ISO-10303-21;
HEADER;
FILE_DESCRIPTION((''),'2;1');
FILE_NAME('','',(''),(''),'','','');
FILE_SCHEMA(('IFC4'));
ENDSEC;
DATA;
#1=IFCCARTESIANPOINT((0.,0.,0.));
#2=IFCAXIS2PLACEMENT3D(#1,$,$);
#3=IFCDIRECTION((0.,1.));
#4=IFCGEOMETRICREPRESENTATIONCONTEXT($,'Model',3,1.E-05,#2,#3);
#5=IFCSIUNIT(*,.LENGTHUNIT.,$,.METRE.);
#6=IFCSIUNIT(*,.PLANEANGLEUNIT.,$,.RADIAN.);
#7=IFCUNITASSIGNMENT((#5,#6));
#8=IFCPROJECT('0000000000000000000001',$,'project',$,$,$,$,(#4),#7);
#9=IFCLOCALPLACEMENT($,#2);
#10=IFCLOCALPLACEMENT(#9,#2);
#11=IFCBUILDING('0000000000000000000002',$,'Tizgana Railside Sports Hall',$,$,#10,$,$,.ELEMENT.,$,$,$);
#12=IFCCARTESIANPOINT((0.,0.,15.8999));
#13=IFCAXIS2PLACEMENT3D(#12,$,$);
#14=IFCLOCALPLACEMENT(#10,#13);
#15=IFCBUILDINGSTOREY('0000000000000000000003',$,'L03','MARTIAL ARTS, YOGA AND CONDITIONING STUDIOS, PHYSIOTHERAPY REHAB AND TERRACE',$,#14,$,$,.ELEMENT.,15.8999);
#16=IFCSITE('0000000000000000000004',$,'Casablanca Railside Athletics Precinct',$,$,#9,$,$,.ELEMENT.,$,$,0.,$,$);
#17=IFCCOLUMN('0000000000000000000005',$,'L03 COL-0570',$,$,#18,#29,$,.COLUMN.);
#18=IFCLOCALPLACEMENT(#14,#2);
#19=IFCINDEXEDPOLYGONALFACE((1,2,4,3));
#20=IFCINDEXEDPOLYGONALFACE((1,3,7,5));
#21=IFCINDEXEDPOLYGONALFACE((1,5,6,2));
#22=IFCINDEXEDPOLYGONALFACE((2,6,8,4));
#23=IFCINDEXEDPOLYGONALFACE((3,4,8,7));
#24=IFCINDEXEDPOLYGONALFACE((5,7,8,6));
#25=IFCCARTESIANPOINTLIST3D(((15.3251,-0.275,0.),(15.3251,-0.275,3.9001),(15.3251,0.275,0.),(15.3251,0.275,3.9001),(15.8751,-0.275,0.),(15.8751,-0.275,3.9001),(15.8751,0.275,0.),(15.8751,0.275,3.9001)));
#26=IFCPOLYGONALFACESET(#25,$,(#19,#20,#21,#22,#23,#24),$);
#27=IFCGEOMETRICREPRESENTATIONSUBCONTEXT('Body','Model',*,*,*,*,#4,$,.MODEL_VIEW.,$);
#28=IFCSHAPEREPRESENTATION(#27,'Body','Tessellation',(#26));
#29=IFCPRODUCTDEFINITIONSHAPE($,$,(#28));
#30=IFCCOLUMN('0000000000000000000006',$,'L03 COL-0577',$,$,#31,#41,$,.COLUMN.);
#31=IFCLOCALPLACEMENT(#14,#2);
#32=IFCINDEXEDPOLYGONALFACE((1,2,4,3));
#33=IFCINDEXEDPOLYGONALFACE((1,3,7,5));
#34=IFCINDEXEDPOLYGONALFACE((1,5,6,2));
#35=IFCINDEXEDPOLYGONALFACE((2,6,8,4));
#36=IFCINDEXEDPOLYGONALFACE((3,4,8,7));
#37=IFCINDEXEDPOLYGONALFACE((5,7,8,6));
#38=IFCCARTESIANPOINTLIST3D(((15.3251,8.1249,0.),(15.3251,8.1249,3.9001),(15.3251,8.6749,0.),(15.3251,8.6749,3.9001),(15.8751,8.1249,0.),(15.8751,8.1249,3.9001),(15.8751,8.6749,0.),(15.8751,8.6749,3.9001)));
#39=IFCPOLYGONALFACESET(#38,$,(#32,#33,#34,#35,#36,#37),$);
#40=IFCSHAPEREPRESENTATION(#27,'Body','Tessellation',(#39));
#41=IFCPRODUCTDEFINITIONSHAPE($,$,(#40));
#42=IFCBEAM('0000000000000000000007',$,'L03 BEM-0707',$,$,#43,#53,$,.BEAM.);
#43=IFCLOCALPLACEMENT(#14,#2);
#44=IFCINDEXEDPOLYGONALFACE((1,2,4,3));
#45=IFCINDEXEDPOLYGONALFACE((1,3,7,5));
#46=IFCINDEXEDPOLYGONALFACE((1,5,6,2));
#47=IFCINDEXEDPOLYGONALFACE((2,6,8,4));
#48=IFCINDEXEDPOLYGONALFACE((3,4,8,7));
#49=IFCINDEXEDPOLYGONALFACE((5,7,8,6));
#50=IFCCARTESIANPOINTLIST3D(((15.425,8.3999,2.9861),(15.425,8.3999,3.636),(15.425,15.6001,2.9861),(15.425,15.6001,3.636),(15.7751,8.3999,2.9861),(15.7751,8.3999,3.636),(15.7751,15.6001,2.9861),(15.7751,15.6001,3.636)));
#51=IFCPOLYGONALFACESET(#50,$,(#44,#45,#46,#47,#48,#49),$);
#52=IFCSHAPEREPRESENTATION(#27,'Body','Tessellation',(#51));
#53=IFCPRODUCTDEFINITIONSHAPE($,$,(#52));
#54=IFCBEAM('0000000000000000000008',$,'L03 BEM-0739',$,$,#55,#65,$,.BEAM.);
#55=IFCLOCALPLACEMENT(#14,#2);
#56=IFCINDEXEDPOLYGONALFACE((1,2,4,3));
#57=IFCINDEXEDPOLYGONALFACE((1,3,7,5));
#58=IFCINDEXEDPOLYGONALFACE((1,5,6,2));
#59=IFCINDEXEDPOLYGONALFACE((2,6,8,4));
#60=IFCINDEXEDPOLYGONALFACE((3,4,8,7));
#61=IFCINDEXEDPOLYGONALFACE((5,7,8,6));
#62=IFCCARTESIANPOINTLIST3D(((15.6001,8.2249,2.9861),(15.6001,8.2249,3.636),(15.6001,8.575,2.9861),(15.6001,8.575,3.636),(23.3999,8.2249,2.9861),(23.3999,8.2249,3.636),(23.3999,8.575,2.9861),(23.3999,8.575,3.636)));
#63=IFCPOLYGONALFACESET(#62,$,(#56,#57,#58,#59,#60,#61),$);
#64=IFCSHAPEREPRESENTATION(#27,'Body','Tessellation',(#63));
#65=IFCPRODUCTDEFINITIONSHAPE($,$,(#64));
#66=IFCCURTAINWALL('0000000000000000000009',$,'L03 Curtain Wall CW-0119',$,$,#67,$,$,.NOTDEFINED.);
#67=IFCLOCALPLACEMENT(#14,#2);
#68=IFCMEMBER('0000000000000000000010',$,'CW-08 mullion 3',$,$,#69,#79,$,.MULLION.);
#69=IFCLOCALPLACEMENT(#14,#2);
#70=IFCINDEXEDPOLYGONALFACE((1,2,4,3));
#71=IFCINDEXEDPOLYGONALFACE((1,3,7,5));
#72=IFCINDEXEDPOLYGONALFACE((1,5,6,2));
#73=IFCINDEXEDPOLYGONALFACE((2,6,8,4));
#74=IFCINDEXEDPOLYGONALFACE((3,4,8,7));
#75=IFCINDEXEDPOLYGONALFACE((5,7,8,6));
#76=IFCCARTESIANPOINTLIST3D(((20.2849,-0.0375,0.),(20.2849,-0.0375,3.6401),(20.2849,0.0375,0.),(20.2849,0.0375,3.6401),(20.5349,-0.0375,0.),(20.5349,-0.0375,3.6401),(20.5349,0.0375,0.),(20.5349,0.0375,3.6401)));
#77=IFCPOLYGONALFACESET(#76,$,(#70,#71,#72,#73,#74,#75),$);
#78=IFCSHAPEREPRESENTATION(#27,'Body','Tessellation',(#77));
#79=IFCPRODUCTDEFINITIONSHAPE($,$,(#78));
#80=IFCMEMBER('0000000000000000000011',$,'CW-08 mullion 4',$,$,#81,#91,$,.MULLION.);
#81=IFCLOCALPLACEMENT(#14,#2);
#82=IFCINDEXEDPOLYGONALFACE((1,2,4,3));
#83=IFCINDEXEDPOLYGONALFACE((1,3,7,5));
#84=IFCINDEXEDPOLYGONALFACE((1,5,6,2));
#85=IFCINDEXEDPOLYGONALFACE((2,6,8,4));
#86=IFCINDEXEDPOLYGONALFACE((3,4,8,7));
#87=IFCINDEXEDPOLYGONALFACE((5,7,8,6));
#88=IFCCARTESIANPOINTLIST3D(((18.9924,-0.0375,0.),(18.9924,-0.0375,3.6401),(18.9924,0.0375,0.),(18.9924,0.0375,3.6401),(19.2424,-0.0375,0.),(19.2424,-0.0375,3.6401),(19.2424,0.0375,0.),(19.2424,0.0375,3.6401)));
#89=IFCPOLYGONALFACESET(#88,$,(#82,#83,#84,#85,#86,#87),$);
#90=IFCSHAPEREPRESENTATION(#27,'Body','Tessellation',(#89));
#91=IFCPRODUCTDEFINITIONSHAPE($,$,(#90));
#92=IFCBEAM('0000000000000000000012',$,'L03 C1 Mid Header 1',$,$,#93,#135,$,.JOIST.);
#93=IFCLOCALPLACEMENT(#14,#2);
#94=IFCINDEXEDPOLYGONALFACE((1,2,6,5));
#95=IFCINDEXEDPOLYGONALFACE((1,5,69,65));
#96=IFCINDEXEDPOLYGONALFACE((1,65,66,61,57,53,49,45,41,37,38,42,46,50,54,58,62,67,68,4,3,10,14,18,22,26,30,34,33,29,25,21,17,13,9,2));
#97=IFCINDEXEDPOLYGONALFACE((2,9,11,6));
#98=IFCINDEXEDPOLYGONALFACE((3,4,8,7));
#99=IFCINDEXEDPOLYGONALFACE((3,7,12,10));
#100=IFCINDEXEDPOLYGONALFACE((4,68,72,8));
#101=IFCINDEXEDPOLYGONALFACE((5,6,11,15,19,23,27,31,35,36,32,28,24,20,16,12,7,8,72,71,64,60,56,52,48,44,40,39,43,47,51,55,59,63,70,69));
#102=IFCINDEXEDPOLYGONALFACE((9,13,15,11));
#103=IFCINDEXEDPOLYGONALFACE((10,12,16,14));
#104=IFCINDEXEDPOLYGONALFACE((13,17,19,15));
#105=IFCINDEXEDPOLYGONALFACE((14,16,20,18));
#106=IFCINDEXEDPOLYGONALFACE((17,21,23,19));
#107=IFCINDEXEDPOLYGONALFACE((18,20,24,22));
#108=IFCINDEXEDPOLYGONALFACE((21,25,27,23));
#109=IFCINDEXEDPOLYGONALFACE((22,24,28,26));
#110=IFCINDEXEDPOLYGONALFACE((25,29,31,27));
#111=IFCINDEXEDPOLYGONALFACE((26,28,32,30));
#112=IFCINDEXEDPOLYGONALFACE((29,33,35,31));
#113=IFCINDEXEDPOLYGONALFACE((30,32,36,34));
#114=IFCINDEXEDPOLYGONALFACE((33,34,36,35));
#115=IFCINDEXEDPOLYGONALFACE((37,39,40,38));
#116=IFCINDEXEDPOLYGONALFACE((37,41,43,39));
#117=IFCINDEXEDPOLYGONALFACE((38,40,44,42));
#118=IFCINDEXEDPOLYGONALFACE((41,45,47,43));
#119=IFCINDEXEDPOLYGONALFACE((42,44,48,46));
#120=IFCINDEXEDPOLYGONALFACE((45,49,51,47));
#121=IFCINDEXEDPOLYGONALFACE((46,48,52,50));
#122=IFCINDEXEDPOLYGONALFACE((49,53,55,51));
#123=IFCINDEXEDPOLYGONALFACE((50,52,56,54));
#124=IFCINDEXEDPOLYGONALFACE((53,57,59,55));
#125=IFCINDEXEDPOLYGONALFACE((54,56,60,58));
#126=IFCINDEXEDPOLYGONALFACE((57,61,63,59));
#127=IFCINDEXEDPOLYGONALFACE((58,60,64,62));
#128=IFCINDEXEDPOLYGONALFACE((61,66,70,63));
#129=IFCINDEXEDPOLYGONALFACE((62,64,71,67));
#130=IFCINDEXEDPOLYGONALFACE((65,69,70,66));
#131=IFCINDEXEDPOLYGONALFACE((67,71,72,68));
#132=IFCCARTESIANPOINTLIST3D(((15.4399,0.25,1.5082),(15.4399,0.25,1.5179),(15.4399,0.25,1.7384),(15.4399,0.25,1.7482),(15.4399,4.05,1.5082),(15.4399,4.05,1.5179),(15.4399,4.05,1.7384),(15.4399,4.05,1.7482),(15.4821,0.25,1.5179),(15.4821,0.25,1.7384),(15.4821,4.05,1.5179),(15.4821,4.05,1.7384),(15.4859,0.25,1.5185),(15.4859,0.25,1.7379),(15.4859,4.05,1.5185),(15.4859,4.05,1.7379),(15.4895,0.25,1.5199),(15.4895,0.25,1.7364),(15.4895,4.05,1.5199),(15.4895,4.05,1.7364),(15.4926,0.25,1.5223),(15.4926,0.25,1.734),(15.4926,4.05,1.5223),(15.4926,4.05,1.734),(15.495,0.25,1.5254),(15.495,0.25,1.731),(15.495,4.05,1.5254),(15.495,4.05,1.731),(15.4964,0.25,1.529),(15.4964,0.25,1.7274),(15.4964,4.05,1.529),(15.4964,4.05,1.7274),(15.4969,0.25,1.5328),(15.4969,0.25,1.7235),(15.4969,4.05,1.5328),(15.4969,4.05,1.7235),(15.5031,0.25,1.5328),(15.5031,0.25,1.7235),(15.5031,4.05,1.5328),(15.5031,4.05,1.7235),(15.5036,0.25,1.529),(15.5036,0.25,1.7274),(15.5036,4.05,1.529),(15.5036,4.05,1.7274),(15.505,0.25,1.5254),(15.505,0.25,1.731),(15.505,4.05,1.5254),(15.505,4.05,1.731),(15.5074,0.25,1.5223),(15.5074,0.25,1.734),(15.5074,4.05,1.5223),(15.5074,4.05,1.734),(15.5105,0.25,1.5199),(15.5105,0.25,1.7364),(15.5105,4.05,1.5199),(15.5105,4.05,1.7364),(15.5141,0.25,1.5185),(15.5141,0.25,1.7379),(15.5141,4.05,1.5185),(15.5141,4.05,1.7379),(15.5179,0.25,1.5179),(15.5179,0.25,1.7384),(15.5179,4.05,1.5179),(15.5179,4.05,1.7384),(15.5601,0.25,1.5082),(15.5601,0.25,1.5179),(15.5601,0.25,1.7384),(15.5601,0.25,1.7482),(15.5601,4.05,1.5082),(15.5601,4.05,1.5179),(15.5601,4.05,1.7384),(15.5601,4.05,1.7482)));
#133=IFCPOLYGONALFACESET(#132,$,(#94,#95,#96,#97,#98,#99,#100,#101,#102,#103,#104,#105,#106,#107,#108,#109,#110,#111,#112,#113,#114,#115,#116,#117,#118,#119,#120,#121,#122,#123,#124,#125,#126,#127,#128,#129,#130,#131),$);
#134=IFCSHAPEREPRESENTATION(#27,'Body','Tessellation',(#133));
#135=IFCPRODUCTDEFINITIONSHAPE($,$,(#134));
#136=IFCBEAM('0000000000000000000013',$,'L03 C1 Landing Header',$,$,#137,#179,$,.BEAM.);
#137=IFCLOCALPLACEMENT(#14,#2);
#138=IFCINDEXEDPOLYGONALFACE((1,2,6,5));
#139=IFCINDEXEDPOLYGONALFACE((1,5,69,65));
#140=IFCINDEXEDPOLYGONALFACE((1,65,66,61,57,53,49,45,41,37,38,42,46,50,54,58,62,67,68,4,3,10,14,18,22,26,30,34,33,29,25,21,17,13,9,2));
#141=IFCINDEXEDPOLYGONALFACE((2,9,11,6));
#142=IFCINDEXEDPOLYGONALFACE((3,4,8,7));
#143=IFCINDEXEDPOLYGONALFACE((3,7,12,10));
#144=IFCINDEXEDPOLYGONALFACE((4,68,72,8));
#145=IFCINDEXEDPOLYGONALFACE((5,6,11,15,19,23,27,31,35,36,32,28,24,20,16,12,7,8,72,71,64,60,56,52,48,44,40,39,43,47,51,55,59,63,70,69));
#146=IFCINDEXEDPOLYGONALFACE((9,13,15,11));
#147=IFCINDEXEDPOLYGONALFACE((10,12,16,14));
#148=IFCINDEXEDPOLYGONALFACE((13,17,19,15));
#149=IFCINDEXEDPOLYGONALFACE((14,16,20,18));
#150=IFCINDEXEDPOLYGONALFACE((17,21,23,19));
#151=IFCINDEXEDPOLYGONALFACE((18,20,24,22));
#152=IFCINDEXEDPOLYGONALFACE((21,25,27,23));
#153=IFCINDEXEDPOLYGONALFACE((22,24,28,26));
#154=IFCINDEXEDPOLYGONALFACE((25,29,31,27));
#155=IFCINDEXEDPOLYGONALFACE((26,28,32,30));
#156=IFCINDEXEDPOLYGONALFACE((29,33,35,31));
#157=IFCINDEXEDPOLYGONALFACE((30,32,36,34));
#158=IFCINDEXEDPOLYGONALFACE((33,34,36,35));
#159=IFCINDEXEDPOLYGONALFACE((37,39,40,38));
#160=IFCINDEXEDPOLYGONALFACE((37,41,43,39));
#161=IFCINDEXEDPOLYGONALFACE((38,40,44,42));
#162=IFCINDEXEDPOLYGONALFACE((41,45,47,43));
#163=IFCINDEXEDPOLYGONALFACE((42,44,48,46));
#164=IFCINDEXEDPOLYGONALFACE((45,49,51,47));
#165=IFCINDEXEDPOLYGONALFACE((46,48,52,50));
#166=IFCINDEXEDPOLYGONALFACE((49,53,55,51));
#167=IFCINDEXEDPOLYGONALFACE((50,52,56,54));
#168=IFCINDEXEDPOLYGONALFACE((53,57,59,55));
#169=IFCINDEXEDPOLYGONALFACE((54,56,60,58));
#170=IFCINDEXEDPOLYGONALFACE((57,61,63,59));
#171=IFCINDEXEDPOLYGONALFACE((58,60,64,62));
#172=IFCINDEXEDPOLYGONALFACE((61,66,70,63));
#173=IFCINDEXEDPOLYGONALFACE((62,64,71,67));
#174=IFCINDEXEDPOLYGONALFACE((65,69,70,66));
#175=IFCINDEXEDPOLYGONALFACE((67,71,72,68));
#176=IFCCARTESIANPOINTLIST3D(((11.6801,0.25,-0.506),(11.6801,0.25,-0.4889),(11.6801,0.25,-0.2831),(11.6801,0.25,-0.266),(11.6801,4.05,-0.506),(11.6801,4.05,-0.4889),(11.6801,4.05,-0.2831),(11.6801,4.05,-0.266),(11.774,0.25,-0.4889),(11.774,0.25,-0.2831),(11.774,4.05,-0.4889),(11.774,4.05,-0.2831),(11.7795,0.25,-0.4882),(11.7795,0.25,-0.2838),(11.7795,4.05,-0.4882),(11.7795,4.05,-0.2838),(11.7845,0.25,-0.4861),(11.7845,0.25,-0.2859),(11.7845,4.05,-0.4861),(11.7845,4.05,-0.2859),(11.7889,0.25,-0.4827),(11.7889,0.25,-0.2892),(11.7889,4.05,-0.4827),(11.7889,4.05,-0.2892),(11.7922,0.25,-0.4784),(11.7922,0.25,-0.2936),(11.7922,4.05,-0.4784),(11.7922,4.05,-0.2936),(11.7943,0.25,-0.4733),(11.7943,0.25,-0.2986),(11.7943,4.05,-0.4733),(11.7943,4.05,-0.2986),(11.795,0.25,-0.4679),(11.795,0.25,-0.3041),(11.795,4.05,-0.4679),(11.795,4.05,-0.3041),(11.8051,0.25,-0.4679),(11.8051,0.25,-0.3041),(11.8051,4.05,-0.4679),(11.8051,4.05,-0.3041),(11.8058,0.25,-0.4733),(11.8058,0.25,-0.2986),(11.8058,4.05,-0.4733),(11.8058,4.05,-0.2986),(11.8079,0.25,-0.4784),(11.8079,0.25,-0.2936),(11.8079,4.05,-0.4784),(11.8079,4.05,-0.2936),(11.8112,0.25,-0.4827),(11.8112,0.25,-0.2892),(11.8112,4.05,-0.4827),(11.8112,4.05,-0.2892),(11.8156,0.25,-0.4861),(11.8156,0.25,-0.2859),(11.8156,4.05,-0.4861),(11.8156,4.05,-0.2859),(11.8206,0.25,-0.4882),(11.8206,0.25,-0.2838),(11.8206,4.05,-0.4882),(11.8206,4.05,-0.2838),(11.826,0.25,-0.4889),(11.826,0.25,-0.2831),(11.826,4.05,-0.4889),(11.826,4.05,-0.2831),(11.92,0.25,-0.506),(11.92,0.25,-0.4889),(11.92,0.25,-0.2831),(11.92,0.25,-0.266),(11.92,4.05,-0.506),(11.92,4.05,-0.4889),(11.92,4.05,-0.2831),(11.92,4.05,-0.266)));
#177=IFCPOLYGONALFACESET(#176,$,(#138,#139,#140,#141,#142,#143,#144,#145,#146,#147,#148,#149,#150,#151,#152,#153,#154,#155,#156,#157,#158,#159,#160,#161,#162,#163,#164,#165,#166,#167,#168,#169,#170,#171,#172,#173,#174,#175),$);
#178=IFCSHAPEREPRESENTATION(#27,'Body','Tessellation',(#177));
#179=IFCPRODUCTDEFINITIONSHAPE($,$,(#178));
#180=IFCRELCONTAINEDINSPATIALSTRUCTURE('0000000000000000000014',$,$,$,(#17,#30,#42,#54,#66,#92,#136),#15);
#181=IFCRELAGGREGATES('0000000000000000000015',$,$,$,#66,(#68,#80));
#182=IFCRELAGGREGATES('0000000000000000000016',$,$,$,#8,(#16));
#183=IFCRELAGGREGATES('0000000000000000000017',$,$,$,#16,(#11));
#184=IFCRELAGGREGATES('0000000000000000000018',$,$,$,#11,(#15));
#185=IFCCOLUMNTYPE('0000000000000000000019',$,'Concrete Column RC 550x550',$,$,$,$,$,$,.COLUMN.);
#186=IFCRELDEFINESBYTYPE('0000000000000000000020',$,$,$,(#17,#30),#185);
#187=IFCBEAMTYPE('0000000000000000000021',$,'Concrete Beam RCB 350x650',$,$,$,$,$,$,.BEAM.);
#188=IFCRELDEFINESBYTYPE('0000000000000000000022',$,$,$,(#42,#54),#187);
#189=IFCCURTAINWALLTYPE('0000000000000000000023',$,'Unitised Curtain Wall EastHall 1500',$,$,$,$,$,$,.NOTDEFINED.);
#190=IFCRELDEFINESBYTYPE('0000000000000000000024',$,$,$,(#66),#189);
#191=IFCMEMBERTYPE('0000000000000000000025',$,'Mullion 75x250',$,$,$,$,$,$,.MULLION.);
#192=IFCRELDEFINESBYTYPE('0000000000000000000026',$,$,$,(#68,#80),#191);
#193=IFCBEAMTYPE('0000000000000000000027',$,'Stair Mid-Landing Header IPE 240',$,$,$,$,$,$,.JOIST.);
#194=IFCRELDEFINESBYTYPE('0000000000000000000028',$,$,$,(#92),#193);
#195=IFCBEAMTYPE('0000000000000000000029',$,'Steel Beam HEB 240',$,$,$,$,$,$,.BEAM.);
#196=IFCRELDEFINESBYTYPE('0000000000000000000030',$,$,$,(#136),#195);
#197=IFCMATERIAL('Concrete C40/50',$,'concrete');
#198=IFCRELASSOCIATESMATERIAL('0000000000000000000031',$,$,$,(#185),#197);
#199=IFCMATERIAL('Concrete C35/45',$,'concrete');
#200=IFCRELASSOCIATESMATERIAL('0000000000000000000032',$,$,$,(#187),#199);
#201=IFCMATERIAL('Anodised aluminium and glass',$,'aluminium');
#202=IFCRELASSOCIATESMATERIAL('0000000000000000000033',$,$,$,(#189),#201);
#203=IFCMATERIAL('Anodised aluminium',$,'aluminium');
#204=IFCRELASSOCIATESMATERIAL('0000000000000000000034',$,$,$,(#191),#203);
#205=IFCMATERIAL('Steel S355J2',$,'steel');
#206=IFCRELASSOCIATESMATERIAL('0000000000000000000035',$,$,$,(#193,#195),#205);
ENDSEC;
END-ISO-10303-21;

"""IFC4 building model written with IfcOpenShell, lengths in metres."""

from ifc_helpers import new_model, si_unit, direction, frame, origin, origin_2d, place, context, subcontext, project, spatial, rectangle, i_section, extrude, material, material_profile, profile_set, type_object, element, aggregate, save


model = new_model("IFC4")

# Units and contexts
model_context = context("Model", 3, precision=1e-05, world=origin(), true_north=direction((0.0, 1.0)))
body_context = subcontext(model_context, "Body", "Model", "MODEL_VIEW")
ifc_project = project(units=[si_unit("LENGTHUNIT", "METRE"), si_unit("PLANEANGLEUNIT", "RADIAN")], contexts=[model_context])

# Site, building, storey
site_placement = place(None, origin())
site = spatial("IfcSite", under=ifc_project, at=site_placement, Name="Casablanca Railside Athletics Precinct", CompositionType="ELEMENT", RefElevation=0.0)
building_placement = place(site_placement, origin())
building = spatial("IfcBuilding", under=site, at=building_placement, Name="Tizgana Railside Sports Hall", CompositionType="ELEMENT")
storey_placement = place(building_placement, frame((0.0, 0.0, 15.8999)))
storey = spatial("IfcBuildingStorey", under=building, at=storey_placement, Name="L03", Description="MARTIAL ARTS, YOGA AND CONDITIONING STUDIOS, PHYSIOTHERAPY REHAB AND TERRACE", CompositionType="ELEMENT", Elevation=15.8999)

# Columns
ifc_material_1 = material(Name="Concrete C40/50", Category="concrete")
ifc_material_profile_1 = material_profile(ifc_material_1, rectangle(XDim=0.55, YDim=0.55, at=origin_2d()), Name="RC 550x550")
ifc_profile_set_1 = profile_set([ifc_material_profile_1], Name="Concrete C40/50")
column_type = type_object("IfcColumnType", Name="Concrete Column RC 550x550", PredefinedType="COLUMN", material=ifc_profile_set_1)
for number, where, z_axis, x_axis, name in (
    (1, (15.6001, 0.0, 0.0), (0.0, 0.0, 1.0), (1.0, 0.0, 0.0), "L03 COL-0570"),
    (2, (15.6001, 8.3999, 0.0), (0.0, 0.0, 1.0), (1.0, 0.0, 0.0), "L03 COL-0577"),
):
    element("IfcColumn", number, at=place(storey_placement, frame(where, z_axis=z_axis, x_axis=x_axis)), inside=storey, type_object=column_type, Name=name, PredefinedType="COLUMN", context=body_context, shape_type="SweptSolid", body=[
        extrude(rectangle(XDim=0.55, YDim=0.55, at=origin_2d()), origin(), (0.0, 0.0, 1.0), 3.9001),
    ])

# Beams
ifc_material_2 = material(Name="Concrete C35/45", Category="concrete")
ifc_material_profile_2 = material_profile(ifc_material_2, rectangle(XDim=0.3501, YDim=0.6499, at=origin_2d()), Name="RCB 350x650")
ifc_profile_set_2 = profile_set([ifc_material_profile_2], Name="Concrete C35/45")
beam_type_1 = type_object("IfcBeamType", Name="Concrete Beam RCB 350x650", PredefinedType="BEAM", material=ifc_profile_set_2)
beam_1_placement = place(storey_placement, frame((15.6001, 8.3999, 3.311), z_axis=(0.0, 1.0, 0.0), x_axis=(-1.0, 0.0, 0.0)))
element("IfcBeam", 3, at=beam_1_placement, inside=storey, type_object=beam_type_1, Name="L03 BEM-0707", PredefinedType="BEAM", context=body_context, shape_type="SweptSolid", body=[
    extrude(rectangle(XDim=0.3501, YDim=0.6499, at=origin_2d()), origin(), (0.0, 0.0, 1.0), 7.2002),
])
beam_2_placement = place(storey_placement, frame((15.6001, 8.3999, 3.311), z_axis=(1.0, 0.0, 0.0), x_axis=(0.0, 1.0, 0.0)))
element("IfcBeam", 4, at=beam_2_placement, inside=storey, type_object=beam_type_1, Name="L03 BEM-0739", PredefinedType="BEAM", context=body_context, shape_type="SweptSolid", body=[
    extrude(rectangle(XDim=0.3501, YDim=0.6499, at=origin_2d()), origin(), (0.0, 0.0, 1.0), 7.7998),
])

# Curtain wall, members
ifc_material_3 = material(Name="Anodised aluminium and glass", Category="aluminium")
curtain_wall_type = type_object("IfcCurtainWallType", Name="Unitised Curtain Wall EastHall 1500", PredefinedType="NOTDEFINED", material=ifc_material_3)
curtain_wall_placement = place(storey_placement, origin())
curtain_wall = element("IfcCurtainWall", 5, at=curtain_wall_placement, inside=storey, type_object=curtain_wall_type, Name="L03 Curtain Wall CW-0119", PredefinedType="NOTDEFINED")
ifc_material_4 = material(Name="Anodised aluminium", Category="aluminium")
ifc_material_profile_3 = material_profile(ifc_material_4, rectangle(XDim=0.075, YDim=0.25, at=origin_2d()), Name="Mullion 75x250")
ifc_profile_set_3 = profile_set([ifc_material_profile_3], Name="Anodised aluminium")
member_type_1 = type_object("IfcMemberType", Name="Mullion 75x250", PredefinedType="MULLION", material=ifc_profile_set_3)
member_1_placement = place(storey_placement, frame((20.4099, 0.0, 0.0), z_axis=(0.0, 0.0, 1.0), x_axis=(0.0, -1.0, 0.0)))
member_1 = element("IfcMember", 6, at=member_1_placement, type_object=member_type_1, Name="CW-08 mullion 3", PredefinedType="MULLION", context=body_context, shape_type="SweptSolid", body=[
    extrude(rectangle(XDim=0.075, YDim=0.25, at=origin_2d()), origin(), (0.0, 0.0, 1.0), 3.6401),
])
member_2_placement = place(storey_placement, frame((19.1174, 0.0, 0.0), z_axis=(0.0, 0.0, 1.0), x_axis=(0.0, -1.0, 0.0)))
member_2 = element("IfcMember", 7, at=member_2_placement, type_object=member_type_1, Name="CW-08 mullion 4", PredefinedType="MULLION", context=body_context, shape_type="SweptSolid", body=[
    extrude(rectangle(XDim=0.075, YDim=0.25, at=origin_2d()), origin(), (0.0, 0.0, 1.0), 3.6401),
])

# Beams
ifc_material_5 = material(Name="Steel S355J2", Category="steel")
ifc_material_profile_4 = material_profile(ifc_material_5, i_section(OverallWidth=0.1201, OverallDepth=0.24, WebThickness=0.0061, FlangeThickness=0.0098, FilletRadius=0.0149, at=origin_2d()), Name="IPE 240")
ifc_profile_set_4 = profile_set([ifc_material_profile_4], Name="Steel S355J2")
beam_type_2 = type_object("IfcBeamType", Name="Stair Mid-Landing Header IPE 240", PredefinedType="JOIST", material=ifc_profile_set_4)
beam_3_placement = place(storey_placement, frame((15.5, 0.25, 1.6282), z_axis=(0.0, 1.0, 0.0), x_axis=(-1.0, 0.0, 0.0)))
element("IfcBeam", 8, at=beam_3_placement, inside=storey, type_object=beam_type_2, Name="L03 C1 Mid Header 1", PredefinedType="JOIST", context=body_context, shape_type="SweptSolid", body=[
    extrude(i_section(OverallWidth=0.1201, OverallDepth=0.24, WebThickness=0.0061, FlangeThickness=0.0098, FilletRadius=0.0149, at=origin_2d()), origin(), (0.0, 0.0, 1.0), 3.8),
])
ifc_material_profile_5 = material_profile(ifc_material_5, i_section(OverallWidth=0.24, OverallDepth=0.24, WebThickness=0.01, FlangeThickness=0.0171, FilletRadius=0.021, at=origin_2d()), Name="HEB 240")
ifc_profile_set_5 = profile_set([ifc_material_profile_5], Name="Steel S355J2")
beam_type_3 = type_object("IfcBeamType", Name="Steel Beam HEB 240", PredefinedType="BEAM", material=ifc_profile_set_5)
beam_4_placement = place(storey_placement, frame((11.8, 0.25, -0.386), z_axis=(0.0, 1.0, 0.0), x_axis=(-1.0, 0.0, 0.0)))
element("IfcBeam", 9, at=beam_4_placement, inside=storey, type_object=beam_type_3, Name="L03 C1 Landing Header", PredefinedType="BEAM", context=body_context, shape_type="SweptSolid", body=[
    extrude(i_section(OverallWidth=0.24, OverallDepth=0.24, WebThickness=0.01, FlangeThickness=0.0171, FilletRadius=0.021, at=origin_2d()), origin(), (0.0, 0.0, 1.0), 3.8),
])

aggregate(curtain_wall, [member_1, member_2])

save(model, "model.ifc")
